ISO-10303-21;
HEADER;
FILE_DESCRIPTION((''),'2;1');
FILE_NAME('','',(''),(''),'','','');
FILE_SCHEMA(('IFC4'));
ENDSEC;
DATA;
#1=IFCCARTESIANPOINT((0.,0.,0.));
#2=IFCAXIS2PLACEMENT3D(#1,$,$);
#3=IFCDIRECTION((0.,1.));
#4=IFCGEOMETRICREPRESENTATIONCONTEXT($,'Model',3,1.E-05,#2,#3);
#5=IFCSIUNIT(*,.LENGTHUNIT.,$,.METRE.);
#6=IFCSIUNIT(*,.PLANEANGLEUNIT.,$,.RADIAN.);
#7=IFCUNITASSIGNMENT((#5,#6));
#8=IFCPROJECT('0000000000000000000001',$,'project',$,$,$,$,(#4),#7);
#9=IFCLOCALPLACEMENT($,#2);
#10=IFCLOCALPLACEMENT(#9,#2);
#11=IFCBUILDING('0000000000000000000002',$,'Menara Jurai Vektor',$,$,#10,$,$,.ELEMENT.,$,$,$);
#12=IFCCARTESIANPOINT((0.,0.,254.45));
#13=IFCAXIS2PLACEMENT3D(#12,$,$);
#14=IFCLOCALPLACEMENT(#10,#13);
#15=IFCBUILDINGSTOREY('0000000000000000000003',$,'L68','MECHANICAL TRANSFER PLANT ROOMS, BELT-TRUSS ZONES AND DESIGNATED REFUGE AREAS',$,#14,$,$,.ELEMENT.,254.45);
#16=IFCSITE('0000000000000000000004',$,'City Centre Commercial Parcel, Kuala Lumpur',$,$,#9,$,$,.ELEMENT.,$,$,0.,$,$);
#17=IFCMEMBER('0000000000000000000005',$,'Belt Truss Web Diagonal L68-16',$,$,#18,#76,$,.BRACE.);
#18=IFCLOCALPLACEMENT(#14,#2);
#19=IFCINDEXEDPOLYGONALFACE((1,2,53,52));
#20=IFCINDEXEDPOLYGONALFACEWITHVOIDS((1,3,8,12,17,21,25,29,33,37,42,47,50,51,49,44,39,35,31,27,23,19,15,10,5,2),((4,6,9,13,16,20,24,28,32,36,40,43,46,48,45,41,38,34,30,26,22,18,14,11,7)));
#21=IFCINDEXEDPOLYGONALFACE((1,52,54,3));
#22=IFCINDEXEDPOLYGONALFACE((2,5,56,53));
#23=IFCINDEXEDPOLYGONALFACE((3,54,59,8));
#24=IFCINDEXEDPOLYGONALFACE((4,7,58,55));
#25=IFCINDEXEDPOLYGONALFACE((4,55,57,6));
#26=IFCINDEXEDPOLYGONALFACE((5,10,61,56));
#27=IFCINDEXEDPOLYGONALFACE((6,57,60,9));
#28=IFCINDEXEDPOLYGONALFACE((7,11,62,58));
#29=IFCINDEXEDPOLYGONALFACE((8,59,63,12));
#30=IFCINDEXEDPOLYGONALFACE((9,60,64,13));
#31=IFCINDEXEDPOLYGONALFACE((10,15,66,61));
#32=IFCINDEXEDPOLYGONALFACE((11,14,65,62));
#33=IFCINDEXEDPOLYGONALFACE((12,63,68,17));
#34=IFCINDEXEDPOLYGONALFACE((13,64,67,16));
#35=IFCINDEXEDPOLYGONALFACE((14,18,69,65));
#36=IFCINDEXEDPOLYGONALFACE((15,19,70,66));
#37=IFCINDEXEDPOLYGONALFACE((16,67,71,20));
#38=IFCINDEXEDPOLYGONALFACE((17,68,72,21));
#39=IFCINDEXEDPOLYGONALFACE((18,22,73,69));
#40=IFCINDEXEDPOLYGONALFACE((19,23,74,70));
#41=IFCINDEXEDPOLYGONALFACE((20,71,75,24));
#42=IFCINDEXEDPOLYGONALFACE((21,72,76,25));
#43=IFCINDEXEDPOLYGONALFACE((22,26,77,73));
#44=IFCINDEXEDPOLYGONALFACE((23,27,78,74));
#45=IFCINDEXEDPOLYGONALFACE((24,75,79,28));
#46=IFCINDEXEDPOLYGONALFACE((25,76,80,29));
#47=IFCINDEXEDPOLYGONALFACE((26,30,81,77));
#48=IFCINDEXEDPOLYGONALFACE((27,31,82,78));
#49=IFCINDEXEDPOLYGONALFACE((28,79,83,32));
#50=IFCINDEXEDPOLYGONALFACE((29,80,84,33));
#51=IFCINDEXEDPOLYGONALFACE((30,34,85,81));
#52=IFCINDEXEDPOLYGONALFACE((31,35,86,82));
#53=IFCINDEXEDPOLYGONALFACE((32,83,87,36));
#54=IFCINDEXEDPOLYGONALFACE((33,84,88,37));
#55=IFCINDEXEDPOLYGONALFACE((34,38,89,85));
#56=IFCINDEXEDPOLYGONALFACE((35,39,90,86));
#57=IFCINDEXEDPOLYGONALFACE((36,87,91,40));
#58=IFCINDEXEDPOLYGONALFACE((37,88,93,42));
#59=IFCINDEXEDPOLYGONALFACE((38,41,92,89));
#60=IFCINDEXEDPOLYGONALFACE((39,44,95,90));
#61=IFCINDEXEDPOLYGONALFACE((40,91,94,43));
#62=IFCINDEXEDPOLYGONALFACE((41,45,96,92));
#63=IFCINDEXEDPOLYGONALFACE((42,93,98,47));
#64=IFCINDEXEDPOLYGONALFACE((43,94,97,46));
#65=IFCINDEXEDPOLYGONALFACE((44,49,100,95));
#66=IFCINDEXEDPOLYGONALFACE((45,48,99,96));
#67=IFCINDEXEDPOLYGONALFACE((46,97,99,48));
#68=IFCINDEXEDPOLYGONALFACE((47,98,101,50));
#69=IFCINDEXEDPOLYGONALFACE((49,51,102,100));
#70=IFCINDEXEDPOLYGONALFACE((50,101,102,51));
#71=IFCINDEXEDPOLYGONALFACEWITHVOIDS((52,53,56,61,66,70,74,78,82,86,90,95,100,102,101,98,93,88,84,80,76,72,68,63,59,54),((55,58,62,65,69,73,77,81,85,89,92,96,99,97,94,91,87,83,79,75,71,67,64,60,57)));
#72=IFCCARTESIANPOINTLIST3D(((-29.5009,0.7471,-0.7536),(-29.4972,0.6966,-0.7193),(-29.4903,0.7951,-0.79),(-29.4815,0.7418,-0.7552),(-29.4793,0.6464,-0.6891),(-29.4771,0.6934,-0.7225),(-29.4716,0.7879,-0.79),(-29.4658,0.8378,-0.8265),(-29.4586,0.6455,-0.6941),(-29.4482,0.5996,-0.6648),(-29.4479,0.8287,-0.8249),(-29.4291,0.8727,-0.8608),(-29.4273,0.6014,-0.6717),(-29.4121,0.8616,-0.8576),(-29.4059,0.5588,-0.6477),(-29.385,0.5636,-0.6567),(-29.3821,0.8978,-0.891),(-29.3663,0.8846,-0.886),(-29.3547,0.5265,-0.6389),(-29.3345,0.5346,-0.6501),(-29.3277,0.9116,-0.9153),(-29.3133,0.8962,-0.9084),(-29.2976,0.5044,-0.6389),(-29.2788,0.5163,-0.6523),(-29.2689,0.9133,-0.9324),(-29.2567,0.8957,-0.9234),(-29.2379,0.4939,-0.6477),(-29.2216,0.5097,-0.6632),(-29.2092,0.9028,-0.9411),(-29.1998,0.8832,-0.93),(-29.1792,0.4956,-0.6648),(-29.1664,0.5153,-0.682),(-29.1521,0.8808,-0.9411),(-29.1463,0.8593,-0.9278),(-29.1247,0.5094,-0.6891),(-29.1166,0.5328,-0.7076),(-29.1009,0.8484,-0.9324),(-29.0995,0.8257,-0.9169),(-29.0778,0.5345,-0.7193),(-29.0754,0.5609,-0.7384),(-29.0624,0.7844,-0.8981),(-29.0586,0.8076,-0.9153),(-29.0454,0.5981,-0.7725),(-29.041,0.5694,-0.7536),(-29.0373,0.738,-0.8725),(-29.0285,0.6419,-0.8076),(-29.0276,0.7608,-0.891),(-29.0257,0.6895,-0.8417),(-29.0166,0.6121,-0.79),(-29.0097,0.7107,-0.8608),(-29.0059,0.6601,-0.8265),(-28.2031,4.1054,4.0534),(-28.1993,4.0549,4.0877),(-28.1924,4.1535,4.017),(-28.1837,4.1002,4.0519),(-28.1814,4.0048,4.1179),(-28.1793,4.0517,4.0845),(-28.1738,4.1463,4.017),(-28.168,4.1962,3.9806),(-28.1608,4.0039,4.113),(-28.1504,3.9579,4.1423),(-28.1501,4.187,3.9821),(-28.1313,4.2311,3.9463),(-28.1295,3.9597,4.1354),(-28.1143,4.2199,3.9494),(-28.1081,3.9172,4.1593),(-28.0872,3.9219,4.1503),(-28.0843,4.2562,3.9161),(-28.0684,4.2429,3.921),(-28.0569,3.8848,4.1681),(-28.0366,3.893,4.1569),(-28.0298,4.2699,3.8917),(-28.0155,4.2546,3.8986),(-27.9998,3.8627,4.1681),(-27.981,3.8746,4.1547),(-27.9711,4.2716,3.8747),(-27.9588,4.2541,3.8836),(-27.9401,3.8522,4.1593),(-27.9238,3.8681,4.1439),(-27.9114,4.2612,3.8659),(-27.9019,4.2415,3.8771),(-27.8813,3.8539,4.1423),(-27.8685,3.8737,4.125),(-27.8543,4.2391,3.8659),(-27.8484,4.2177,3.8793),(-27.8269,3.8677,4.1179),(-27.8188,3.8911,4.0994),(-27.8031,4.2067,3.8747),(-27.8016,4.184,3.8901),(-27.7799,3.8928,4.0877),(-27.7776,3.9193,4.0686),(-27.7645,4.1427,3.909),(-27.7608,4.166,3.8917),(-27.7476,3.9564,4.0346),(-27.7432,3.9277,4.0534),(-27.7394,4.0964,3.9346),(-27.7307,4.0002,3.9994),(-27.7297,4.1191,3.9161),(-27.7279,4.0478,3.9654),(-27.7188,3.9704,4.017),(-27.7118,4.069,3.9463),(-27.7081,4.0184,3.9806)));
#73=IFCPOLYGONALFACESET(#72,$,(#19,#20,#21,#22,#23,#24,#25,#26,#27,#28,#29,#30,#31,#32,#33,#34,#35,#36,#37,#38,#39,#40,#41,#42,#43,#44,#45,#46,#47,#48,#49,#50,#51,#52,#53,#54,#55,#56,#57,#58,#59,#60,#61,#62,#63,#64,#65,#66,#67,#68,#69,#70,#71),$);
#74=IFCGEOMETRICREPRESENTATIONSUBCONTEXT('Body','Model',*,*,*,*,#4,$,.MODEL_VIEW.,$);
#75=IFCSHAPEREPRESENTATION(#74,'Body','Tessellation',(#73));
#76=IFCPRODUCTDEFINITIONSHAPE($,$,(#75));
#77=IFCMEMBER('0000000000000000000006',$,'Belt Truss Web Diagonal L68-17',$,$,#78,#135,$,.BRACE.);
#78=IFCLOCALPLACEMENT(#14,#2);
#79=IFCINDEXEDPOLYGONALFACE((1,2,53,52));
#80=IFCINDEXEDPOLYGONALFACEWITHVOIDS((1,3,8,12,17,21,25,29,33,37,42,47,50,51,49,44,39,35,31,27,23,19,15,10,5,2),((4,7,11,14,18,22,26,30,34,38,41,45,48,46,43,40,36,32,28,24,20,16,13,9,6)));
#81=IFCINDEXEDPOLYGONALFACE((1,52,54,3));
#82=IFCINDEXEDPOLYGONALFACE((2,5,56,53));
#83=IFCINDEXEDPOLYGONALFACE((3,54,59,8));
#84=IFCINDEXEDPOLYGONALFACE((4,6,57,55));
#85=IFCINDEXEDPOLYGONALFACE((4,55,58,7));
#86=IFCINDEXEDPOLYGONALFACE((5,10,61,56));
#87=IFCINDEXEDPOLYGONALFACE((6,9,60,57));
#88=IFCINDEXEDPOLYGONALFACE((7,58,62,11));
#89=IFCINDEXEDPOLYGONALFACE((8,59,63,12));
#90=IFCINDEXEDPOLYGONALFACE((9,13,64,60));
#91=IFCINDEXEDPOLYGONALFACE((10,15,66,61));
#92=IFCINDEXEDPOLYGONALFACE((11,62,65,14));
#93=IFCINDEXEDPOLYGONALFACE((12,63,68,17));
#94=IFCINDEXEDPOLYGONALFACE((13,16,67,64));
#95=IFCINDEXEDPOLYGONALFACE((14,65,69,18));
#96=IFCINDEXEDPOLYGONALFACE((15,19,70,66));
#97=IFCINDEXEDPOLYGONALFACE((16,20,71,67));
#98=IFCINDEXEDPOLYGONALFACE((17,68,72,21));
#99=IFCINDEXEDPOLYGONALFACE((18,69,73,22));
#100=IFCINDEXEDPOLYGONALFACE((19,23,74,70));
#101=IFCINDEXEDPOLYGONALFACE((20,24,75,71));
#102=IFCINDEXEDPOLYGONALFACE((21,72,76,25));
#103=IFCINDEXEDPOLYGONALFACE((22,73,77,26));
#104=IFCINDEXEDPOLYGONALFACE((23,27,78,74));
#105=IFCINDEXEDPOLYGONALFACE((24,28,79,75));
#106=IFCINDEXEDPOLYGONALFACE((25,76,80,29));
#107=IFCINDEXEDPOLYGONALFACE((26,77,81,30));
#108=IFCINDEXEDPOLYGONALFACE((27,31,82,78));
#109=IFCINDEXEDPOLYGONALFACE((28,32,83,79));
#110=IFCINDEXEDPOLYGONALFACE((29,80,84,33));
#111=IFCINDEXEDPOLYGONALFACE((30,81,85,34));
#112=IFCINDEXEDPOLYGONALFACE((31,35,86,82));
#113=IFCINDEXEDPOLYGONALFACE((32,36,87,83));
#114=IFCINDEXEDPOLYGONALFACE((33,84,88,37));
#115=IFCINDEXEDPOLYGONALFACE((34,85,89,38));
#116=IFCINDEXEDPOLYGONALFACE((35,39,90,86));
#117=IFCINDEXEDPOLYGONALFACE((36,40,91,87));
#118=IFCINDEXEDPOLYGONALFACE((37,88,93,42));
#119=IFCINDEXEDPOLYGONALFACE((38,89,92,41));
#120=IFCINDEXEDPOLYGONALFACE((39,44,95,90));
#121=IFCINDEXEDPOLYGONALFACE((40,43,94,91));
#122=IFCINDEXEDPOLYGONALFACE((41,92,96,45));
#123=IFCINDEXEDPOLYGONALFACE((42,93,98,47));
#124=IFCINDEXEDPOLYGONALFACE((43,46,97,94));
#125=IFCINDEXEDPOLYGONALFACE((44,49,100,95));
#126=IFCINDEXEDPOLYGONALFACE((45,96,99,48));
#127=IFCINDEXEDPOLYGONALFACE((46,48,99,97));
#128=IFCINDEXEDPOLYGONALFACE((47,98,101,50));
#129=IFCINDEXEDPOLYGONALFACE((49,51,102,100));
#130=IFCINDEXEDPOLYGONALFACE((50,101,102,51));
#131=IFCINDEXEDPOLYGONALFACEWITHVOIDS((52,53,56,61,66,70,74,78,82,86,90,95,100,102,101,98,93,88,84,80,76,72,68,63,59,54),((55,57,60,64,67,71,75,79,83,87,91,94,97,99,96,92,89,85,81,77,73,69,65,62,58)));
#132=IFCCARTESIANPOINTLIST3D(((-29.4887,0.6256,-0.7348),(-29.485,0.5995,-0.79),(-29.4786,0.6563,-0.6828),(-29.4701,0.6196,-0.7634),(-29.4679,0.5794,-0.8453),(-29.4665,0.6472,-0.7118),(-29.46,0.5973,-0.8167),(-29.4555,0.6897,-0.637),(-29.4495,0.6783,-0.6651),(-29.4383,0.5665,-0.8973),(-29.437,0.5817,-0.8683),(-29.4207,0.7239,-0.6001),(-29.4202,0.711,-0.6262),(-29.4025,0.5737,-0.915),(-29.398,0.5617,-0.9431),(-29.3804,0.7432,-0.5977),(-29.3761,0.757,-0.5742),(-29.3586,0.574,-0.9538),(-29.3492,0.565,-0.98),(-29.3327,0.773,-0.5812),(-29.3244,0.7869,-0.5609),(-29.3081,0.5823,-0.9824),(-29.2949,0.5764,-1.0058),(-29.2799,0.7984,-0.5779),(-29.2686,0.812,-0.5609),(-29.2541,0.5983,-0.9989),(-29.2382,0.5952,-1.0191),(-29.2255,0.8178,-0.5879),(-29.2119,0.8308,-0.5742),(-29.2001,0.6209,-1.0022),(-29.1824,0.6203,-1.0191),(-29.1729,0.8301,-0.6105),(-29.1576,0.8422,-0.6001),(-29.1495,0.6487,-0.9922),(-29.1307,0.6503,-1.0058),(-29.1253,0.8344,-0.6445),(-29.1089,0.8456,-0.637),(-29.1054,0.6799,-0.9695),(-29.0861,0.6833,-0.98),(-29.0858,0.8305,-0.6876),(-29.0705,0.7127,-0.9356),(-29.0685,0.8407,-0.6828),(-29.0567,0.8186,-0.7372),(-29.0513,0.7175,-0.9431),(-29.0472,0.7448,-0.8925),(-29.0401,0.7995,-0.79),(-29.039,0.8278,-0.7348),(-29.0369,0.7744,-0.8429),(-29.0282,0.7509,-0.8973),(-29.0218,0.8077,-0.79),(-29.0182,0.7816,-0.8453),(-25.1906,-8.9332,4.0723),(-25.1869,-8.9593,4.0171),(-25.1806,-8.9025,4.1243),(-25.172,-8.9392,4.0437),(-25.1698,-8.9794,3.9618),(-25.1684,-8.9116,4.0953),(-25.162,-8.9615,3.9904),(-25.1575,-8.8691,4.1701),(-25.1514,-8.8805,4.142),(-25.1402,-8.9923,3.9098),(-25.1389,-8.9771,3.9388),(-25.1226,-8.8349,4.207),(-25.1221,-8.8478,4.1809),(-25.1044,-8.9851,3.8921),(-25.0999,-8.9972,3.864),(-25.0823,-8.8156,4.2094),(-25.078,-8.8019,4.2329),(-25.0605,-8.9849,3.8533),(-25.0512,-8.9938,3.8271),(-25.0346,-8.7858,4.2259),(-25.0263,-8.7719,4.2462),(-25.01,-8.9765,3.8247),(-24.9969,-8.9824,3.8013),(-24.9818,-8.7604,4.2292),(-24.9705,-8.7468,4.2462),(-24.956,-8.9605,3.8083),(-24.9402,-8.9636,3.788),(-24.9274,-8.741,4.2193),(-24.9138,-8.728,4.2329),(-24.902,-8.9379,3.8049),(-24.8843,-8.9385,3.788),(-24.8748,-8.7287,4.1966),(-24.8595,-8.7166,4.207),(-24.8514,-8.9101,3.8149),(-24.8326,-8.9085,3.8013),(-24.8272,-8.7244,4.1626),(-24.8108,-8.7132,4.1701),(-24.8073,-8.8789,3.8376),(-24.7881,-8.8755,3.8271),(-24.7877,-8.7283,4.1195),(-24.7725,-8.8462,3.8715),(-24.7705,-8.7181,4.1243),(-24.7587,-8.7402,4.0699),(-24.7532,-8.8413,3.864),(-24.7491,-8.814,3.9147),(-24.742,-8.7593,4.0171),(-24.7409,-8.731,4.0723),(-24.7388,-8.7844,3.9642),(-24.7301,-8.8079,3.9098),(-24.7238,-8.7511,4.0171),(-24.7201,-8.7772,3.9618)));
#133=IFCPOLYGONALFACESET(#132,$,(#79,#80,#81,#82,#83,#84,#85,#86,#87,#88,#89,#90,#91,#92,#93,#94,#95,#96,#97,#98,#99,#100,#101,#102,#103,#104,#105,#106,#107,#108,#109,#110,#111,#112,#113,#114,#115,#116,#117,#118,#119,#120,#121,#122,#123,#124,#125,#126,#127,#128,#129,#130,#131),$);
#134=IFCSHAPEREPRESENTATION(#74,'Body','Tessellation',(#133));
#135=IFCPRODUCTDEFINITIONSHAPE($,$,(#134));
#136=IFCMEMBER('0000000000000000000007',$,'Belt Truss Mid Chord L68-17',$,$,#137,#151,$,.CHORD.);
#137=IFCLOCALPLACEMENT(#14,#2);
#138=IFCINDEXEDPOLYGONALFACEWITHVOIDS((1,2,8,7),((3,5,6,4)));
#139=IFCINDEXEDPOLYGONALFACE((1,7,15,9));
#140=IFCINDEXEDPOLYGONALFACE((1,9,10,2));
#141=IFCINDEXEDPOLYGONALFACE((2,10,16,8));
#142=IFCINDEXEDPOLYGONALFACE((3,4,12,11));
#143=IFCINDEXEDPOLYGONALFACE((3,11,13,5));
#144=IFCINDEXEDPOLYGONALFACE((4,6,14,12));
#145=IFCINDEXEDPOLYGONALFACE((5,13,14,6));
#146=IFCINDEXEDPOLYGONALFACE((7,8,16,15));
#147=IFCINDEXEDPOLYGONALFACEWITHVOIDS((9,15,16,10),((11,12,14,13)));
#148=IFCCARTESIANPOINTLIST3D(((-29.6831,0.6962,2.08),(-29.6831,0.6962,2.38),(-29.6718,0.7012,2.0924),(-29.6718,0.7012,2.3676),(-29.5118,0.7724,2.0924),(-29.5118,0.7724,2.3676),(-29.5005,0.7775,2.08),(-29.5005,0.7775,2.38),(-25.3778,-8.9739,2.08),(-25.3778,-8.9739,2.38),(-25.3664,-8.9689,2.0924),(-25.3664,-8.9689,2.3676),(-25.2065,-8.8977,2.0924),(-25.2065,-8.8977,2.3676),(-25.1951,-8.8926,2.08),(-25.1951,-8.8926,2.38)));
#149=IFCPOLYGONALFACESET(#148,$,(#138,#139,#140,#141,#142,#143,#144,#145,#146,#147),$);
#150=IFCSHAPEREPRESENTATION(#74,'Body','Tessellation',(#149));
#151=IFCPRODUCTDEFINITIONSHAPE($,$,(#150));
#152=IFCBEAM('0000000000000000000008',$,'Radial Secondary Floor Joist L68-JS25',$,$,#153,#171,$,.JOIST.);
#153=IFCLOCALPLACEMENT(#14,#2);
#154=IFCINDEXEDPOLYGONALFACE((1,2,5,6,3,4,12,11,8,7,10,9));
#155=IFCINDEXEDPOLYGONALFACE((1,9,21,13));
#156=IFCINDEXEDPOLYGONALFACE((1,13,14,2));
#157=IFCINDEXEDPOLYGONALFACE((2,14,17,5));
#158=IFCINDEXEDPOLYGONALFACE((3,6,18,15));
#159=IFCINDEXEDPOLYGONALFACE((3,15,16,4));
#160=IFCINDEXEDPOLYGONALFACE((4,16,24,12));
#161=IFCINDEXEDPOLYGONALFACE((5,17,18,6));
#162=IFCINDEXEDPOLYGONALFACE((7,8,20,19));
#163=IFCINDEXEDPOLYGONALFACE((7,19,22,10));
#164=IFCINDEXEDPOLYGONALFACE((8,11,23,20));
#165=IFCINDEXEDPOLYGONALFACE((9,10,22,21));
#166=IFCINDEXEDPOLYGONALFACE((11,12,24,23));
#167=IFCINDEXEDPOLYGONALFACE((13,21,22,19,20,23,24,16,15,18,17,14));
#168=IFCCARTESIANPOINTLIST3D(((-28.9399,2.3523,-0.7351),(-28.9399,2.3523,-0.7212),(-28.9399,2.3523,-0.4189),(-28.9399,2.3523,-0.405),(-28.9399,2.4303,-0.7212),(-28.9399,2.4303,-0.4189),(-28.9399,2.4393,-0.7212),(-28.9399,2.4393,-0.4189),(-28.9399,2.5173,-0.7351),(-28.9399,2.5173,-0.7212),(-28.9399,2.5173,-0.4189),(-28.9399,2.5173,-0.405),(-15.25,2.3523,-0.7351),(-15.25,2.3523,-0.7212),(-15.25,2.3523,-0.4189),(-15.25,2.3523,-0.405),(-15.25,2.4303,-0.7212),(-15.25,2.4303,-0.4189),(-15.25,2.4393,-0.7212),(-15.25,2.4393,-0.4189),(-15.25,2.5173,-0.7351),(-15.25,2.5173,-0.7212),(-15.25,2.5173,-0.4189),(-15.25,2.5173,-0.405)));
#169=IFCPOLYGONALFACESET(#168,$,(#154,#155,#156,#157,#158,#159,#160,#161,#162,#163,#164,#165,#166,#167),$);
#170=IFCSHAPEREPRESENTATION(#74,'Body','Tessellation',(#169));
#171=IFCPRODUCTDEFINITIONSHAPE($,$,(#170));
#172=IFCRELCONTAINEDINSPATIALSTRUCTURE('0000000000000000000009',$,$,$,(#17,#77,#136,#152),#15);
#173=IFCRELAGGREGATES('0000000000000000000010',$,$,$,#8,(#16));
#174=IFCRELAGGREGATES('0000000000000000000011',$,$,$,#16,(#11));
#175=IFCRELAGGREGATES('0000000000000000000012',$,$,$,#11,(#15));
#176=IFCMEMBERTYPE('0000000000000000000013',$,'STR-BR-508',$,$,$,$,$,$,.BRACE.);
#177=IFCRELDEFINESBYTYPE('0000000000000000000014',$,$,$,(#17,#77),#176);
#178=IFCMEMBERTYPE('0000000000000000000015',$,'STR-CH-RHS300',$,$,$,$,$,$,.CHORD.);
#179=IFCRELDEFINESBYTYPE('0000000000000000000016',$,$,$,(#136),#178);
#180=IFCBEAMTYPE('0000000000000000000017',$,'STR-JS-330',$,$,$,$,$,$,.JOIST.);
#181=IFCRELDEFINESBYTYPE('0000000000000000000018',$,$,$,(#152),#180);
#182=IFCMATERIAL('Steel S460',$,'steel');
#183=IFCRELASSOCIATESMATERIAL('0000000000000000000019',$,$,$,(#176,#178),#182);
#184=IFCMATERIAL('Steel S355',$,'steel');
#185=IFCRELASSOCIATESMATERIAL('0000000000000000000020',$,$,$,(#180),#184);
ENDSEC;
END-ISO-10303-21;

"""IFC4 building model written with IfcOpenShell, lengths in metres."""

from ifc_helpers import new_model, si_unit, direction, frame, origin, origin_2d, place, context, subcontext, project, spatial, hollow_rectangle, hollow_circle, i_section, extrude, material, material_profile, profile_set, type_object, element, save


model = new_model("IFC4")

# Units and contexts
model_context = context("Model", 3, precision=1e-05, world=origin(), true_north=direction((0.0, 1.0)))
body_context = subcontext(model_context, "Body", "Model", "MODEL_VIEW")
ifc_project = project(units=[si_unit("LENGTHUNIT", "METRE"), si_unit("PLANEANGLEUNIT", "RADIAN")], contexts=[model_context])

# Site, building, storey
site_placement = place(None, origin())
site = spatial("IfcSite", under=ifc_project, at=site_placement, Name="City Centre Commercial Parcel, Kuala Lumpur", CompositionType="ELEMENT", RefElevation=0.0)
building_placement = place(site_placement, origin())
building = spatial("IfcBuilding", under=site, at=building_placement, Name="Menara Jurai Vektor", CompositionType="ELEMENT")
storey_placement = place(building_placement, frame((0.0, 0.0, 254.45)))
storey = spatial("IfcBuildingStorey", under=building, at=storey_placement, Name="L68", Description="MECHANICAL TRANSFER PLANT ROOMS, BELT-TRUSS ZONES AND DESIGNATED REFUGE AREAS", CompositionType="ELEMENT", Elevation=254.45)

# Shared definitions
ifc_material_1 = material(Name="Steel S460", Category="steel")

# Shared definitions
ifc_material_2 = material(Name="Steel S355", Category="steel")

# Members
ifc_material_profile_1 = material_profile(ifc_material_1, hollow_circle(Radius=0.2539, WallThickness=0.02, at=origin_2d()), Name="CHS 508x20")
ifc_profile_set_1 = profile_set([ifc_material_profile_1], Name="Steel S460")
member_type_1 = type_object("IfcMemberType", Name="STR-BR-508", PredefinedType="BRACE", material=ifc_profile_set_1)
member_1_placement = place(storey_placement, frame((-29.2534, 0.7036, -0.79), z_axis=(0.216093, 0.559176, 0.800391), x_axis=(-0.932771, 0.360469, 0.0)))
element("IfcMember", 1, at=member_1_placement, inside=storey, type_object=member_type_1, Name="Belt Truss Web Diagonal L68-16", PredefinedType="BRACE", context=body_context, shape_type="SweptSolid", body=[
    extrude(hollow_circle(Radius=0.2539, WallThickness=0.02, at=origin_2d()), origin(), (0.0, 0.0, 1.0), 6.0059),
])
member_2_placement = place(storey_placement, frame((-29.2534, 0.7036, -0.79), z_axis=(0.372757, -0.829001, 0.416904), x_axis=(0.912042, 0.410096, 0.0)))
element("IfcMember", 2, at=member_2_placement, inside=storey, type_object=member_type_1, Name="Belt Truss Web Diagonal L68-17", PredefinedType="BRACE", context=body_context, shape_type="SweptSolid", body=[
    extrude(hollow_circle(Radius=0.2539, WallThickness=0.02, at=origin_2d()), origin(), (0.0, 0.0, 1.0), 11.5305),
])
ifc_material_profile_2 = material_profile(ifc_material_1, hollow_rectangle(XDim=0.2, YDim=0.3, WallThickness=0.0125, at=origin_2d()), Name="RHS 300x200x12.5")
ifc_profile_set_2 = profile_set([ifc_material_profile_2], Name="Steel S460")
member_type_2 = type_object("IfcMemberType", Name="STR-CH-RHS300", PredefinedType="CHORD", material=ifc_profile_set_2)
member_3_placement = place(storey_placement, frame((-29.5918, 0.7368, 2.23), z_axis=(0.406735, -0.913546, 0.0), x_axis=(0.913546, 0.406735, 0.0)))
element("IfcMember", 3, at=member_3_placement, inside=storey, type_object=member_type_2, Name="Belt Truss Mid Chord L68-17", PredefinedType="CHORD", context=body_context, shape_type="SweptSolid", body=[
    extrude(hollow_rectangle(XDim=0.2, YDim=0.3, WallThickness=0.0125, at=origin_2d()), origin(), (0.0, 0.0, 1.0), 10.5852),
])

# Beam
ifc_material_profile_3 = material_profile(ifc_material_2, i_section(OverallWidth=0.165, OverallDepth=0.3301, WebThickness=0.009, FlangeThickness=0.0139, at=origin_2d()), Name="PG 330x165x46")
ifc_profile_set_3 = profile_set([ifc_material_profile_3], Name="Steel S355")
beam_type_1 = type_object("IfcBeamType", Name="STR-JS-330", PredefinedType="JOIST", material=ifc_profile_set_3)
beam_1_placement = place(storey_placement, frame((-28.9399, 2.4348, -0.5701), z_axis=(1.0, 0.0, 0.0), x_axis=(0.0, 1.0, 0.0)))
element("IfcBeam", 4, at=beam_1_placement, inside=storey, type_object=beam_type_1, Name="Radial Secondary Floor Joist L68-JS25", PredefinedType="JOIST", context=body_context, shape_type="SweptSolid", body=[
    extrude(i_section(OverallWidth=0.165, OverallDepth=0.3301, WebThickness=0.009, FlangeThickness=0.0139, at=origin_2d()), origin(), (0.0, 0.0, 1.0), 13.6899),
])

save(model, "model.ifc")
